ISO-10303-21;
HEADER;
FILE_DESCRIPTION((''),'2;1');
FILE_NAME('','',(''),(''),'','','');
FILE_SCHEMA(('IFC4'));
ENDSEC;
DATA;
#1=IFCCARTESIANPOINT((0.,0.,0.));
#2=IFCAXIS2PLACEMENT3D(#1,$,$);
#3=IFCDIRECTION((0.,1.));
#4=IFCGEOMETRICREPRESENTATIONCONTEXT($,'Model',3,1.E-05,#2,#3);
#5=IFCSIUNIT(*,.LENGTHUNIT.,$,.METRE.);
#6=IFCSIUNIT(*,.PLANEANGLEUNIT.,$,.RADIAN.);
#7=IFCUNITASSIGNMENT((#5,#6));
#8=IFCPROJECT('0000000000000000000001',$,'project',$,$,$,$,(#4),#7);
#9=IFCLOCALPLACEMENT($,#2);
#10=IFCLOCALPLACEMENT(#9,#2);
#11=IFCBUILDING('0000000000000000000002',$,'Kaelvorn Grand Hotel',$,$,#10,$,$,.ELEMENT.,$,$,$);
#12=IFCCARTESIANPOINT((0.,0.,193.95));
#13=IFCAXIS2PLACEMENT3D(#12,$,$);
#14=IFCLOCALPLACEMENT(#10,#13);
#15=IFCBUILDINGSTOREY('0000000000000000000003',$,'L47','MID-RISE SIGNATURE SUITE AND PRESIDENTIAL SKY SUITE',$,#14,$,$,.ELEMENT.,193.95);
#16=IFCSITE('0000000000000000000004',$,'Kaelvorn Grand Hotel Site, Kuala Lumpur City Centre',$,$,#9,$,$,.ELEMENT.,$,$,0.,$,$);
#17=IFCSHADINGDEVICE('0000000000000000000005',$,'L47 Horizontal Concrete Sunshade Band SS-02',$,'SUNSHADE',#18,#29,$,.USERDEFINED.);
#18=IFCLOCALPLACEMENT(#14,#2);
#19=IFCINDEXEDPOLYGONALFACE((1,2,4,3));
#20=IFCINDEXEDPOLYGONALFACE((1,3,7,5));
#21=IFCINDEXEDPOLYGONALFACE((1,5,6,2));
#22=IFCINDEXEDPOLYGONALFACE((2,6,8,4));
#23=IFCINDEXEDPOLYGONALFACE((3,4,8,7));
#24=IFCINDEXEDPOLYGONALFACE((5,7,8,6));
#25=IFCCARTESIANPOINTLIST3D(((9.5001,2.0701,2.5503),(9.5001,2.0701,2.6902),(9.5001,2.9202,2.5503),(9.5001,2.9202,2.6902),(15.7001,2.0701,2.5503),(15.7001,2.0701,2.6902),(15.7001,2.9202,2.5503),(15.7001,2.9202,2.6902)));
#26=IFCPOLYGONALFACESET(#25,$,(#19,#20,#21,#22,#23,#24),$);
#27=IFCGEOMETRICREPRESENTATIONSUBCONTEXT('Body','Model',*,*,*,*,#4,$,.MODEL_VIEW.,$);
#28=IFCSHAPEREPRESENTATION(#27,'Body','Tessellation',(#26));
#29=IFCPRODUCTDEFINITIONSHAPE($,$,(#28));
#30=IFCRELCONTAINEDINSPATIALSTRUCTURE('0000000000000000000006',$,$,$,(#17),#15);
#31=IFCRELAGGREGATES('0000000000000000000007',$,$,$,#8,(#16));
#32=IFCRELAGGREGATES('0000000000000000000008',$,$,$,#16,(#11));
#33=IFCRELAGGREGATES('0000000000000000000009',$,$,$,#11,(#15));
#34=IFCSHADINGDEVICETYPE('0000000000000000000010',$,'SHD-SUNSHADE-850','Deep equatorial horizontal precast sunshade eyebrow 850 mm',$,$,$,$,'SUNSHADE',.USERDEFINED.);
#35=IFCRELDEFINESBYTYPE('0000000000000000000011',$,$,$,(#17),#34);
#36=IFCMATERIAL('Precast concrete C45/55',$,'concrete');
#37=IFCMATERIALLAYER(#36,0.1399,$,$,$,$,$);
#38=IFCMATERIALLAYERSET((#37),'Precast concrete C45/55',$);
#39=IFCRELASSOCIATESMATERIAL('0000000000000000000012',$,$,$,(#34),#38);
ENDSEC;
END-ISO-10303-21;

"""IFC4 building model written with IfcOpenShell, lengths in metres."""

from ifc_helpers import new_model, si_unit, direction, frame, origin, origin_2d, place, context, subcontext, project, spatial, rectangle, extrude, material, layer, layer_set, type_object, element, save


model = new_model("IFC4")

# Units and contexts
model_context = context("Model", 3, precision=1e-05, world=origin(), true_north=direction((0.0, 1.0)))
body_context = subcontext(model_context, "Body", "Model", "MODEL_VIEW")
ifc_project = project(units=[si_unit("LENGTHUNIT", "METRE"), si_unit("PLANEANGLEUNIT", "RADIAN")], contexts=[model_context])

# Site, building, storey
site_placement = place(None, origin())
site = spatial("IfcSite", under=ifc_project, at=site_placement, Name="Kaelvorn Grand Hotel Site, Kuala Lumpur City Centre", CompositionType="ELEMENT", RefElevation=0.0)
building_placement = place(site_placement, origin())
building = spatial("IfcBuilding", under=site, at=building_placement, Name="Kaelvorn Grand Hotel", CompositionType="ELEMENT")
storey_placement = place(building_placement, frame((0.0, 0.0, 193.95)))
storey = spatial("IfcBuildingStorey", under=building, at=storey_placement, Name="L47", Description="MID-RISE SIGNATURE SUITE AND PRESIDENTIAL SKY SUITE", CompositionType="ELEMENT", Elevation=193.95)

# Shading device
ifc_material_1 = material(Name="Precast concrete C45/55", Category="concrete")
ifc_layer_1 = layer(ifc_material_1, 0.1399)
ifc_layer_set_1 = layer_set([ifc_layer_1], Name="Precast concrete C45/55")
shading_device_type = type_object("IfcShadingDeviceType", Name="SHD-SUNSHADE-850", Description="Deep equatorial horizontal precast sunshade eyebrow 850 mm", ElementType="SUNSHADE", PredefinedType="USERDEFINED", material=ifc_layer_set_1)
shading_device_placement = place(storey_placement, frame((12.6001, 2.4951, 2.5503), z_axis=(0.0, 0.0, 1.0), x_axis=(1.0, 0.0, 0.0)))
element("IfcShadingDevice", 1, at=shading_device_placement, inside=storey, type_object=shading_device_type, Name="L47 Horizontal Concrete Sunshade Band SS-02", ObjectType="SUNSHADE", PredefinedType="USERDEFINED", context=body_context, shape_type="SweptSolid", body=[
    extrude(rectangle(XDim=6.2, YDim=0.8501, at=origin_2d()), origin(), (0.0, 0.0, 1.0), 0.1399),
])

save(model, "model.ifc")
